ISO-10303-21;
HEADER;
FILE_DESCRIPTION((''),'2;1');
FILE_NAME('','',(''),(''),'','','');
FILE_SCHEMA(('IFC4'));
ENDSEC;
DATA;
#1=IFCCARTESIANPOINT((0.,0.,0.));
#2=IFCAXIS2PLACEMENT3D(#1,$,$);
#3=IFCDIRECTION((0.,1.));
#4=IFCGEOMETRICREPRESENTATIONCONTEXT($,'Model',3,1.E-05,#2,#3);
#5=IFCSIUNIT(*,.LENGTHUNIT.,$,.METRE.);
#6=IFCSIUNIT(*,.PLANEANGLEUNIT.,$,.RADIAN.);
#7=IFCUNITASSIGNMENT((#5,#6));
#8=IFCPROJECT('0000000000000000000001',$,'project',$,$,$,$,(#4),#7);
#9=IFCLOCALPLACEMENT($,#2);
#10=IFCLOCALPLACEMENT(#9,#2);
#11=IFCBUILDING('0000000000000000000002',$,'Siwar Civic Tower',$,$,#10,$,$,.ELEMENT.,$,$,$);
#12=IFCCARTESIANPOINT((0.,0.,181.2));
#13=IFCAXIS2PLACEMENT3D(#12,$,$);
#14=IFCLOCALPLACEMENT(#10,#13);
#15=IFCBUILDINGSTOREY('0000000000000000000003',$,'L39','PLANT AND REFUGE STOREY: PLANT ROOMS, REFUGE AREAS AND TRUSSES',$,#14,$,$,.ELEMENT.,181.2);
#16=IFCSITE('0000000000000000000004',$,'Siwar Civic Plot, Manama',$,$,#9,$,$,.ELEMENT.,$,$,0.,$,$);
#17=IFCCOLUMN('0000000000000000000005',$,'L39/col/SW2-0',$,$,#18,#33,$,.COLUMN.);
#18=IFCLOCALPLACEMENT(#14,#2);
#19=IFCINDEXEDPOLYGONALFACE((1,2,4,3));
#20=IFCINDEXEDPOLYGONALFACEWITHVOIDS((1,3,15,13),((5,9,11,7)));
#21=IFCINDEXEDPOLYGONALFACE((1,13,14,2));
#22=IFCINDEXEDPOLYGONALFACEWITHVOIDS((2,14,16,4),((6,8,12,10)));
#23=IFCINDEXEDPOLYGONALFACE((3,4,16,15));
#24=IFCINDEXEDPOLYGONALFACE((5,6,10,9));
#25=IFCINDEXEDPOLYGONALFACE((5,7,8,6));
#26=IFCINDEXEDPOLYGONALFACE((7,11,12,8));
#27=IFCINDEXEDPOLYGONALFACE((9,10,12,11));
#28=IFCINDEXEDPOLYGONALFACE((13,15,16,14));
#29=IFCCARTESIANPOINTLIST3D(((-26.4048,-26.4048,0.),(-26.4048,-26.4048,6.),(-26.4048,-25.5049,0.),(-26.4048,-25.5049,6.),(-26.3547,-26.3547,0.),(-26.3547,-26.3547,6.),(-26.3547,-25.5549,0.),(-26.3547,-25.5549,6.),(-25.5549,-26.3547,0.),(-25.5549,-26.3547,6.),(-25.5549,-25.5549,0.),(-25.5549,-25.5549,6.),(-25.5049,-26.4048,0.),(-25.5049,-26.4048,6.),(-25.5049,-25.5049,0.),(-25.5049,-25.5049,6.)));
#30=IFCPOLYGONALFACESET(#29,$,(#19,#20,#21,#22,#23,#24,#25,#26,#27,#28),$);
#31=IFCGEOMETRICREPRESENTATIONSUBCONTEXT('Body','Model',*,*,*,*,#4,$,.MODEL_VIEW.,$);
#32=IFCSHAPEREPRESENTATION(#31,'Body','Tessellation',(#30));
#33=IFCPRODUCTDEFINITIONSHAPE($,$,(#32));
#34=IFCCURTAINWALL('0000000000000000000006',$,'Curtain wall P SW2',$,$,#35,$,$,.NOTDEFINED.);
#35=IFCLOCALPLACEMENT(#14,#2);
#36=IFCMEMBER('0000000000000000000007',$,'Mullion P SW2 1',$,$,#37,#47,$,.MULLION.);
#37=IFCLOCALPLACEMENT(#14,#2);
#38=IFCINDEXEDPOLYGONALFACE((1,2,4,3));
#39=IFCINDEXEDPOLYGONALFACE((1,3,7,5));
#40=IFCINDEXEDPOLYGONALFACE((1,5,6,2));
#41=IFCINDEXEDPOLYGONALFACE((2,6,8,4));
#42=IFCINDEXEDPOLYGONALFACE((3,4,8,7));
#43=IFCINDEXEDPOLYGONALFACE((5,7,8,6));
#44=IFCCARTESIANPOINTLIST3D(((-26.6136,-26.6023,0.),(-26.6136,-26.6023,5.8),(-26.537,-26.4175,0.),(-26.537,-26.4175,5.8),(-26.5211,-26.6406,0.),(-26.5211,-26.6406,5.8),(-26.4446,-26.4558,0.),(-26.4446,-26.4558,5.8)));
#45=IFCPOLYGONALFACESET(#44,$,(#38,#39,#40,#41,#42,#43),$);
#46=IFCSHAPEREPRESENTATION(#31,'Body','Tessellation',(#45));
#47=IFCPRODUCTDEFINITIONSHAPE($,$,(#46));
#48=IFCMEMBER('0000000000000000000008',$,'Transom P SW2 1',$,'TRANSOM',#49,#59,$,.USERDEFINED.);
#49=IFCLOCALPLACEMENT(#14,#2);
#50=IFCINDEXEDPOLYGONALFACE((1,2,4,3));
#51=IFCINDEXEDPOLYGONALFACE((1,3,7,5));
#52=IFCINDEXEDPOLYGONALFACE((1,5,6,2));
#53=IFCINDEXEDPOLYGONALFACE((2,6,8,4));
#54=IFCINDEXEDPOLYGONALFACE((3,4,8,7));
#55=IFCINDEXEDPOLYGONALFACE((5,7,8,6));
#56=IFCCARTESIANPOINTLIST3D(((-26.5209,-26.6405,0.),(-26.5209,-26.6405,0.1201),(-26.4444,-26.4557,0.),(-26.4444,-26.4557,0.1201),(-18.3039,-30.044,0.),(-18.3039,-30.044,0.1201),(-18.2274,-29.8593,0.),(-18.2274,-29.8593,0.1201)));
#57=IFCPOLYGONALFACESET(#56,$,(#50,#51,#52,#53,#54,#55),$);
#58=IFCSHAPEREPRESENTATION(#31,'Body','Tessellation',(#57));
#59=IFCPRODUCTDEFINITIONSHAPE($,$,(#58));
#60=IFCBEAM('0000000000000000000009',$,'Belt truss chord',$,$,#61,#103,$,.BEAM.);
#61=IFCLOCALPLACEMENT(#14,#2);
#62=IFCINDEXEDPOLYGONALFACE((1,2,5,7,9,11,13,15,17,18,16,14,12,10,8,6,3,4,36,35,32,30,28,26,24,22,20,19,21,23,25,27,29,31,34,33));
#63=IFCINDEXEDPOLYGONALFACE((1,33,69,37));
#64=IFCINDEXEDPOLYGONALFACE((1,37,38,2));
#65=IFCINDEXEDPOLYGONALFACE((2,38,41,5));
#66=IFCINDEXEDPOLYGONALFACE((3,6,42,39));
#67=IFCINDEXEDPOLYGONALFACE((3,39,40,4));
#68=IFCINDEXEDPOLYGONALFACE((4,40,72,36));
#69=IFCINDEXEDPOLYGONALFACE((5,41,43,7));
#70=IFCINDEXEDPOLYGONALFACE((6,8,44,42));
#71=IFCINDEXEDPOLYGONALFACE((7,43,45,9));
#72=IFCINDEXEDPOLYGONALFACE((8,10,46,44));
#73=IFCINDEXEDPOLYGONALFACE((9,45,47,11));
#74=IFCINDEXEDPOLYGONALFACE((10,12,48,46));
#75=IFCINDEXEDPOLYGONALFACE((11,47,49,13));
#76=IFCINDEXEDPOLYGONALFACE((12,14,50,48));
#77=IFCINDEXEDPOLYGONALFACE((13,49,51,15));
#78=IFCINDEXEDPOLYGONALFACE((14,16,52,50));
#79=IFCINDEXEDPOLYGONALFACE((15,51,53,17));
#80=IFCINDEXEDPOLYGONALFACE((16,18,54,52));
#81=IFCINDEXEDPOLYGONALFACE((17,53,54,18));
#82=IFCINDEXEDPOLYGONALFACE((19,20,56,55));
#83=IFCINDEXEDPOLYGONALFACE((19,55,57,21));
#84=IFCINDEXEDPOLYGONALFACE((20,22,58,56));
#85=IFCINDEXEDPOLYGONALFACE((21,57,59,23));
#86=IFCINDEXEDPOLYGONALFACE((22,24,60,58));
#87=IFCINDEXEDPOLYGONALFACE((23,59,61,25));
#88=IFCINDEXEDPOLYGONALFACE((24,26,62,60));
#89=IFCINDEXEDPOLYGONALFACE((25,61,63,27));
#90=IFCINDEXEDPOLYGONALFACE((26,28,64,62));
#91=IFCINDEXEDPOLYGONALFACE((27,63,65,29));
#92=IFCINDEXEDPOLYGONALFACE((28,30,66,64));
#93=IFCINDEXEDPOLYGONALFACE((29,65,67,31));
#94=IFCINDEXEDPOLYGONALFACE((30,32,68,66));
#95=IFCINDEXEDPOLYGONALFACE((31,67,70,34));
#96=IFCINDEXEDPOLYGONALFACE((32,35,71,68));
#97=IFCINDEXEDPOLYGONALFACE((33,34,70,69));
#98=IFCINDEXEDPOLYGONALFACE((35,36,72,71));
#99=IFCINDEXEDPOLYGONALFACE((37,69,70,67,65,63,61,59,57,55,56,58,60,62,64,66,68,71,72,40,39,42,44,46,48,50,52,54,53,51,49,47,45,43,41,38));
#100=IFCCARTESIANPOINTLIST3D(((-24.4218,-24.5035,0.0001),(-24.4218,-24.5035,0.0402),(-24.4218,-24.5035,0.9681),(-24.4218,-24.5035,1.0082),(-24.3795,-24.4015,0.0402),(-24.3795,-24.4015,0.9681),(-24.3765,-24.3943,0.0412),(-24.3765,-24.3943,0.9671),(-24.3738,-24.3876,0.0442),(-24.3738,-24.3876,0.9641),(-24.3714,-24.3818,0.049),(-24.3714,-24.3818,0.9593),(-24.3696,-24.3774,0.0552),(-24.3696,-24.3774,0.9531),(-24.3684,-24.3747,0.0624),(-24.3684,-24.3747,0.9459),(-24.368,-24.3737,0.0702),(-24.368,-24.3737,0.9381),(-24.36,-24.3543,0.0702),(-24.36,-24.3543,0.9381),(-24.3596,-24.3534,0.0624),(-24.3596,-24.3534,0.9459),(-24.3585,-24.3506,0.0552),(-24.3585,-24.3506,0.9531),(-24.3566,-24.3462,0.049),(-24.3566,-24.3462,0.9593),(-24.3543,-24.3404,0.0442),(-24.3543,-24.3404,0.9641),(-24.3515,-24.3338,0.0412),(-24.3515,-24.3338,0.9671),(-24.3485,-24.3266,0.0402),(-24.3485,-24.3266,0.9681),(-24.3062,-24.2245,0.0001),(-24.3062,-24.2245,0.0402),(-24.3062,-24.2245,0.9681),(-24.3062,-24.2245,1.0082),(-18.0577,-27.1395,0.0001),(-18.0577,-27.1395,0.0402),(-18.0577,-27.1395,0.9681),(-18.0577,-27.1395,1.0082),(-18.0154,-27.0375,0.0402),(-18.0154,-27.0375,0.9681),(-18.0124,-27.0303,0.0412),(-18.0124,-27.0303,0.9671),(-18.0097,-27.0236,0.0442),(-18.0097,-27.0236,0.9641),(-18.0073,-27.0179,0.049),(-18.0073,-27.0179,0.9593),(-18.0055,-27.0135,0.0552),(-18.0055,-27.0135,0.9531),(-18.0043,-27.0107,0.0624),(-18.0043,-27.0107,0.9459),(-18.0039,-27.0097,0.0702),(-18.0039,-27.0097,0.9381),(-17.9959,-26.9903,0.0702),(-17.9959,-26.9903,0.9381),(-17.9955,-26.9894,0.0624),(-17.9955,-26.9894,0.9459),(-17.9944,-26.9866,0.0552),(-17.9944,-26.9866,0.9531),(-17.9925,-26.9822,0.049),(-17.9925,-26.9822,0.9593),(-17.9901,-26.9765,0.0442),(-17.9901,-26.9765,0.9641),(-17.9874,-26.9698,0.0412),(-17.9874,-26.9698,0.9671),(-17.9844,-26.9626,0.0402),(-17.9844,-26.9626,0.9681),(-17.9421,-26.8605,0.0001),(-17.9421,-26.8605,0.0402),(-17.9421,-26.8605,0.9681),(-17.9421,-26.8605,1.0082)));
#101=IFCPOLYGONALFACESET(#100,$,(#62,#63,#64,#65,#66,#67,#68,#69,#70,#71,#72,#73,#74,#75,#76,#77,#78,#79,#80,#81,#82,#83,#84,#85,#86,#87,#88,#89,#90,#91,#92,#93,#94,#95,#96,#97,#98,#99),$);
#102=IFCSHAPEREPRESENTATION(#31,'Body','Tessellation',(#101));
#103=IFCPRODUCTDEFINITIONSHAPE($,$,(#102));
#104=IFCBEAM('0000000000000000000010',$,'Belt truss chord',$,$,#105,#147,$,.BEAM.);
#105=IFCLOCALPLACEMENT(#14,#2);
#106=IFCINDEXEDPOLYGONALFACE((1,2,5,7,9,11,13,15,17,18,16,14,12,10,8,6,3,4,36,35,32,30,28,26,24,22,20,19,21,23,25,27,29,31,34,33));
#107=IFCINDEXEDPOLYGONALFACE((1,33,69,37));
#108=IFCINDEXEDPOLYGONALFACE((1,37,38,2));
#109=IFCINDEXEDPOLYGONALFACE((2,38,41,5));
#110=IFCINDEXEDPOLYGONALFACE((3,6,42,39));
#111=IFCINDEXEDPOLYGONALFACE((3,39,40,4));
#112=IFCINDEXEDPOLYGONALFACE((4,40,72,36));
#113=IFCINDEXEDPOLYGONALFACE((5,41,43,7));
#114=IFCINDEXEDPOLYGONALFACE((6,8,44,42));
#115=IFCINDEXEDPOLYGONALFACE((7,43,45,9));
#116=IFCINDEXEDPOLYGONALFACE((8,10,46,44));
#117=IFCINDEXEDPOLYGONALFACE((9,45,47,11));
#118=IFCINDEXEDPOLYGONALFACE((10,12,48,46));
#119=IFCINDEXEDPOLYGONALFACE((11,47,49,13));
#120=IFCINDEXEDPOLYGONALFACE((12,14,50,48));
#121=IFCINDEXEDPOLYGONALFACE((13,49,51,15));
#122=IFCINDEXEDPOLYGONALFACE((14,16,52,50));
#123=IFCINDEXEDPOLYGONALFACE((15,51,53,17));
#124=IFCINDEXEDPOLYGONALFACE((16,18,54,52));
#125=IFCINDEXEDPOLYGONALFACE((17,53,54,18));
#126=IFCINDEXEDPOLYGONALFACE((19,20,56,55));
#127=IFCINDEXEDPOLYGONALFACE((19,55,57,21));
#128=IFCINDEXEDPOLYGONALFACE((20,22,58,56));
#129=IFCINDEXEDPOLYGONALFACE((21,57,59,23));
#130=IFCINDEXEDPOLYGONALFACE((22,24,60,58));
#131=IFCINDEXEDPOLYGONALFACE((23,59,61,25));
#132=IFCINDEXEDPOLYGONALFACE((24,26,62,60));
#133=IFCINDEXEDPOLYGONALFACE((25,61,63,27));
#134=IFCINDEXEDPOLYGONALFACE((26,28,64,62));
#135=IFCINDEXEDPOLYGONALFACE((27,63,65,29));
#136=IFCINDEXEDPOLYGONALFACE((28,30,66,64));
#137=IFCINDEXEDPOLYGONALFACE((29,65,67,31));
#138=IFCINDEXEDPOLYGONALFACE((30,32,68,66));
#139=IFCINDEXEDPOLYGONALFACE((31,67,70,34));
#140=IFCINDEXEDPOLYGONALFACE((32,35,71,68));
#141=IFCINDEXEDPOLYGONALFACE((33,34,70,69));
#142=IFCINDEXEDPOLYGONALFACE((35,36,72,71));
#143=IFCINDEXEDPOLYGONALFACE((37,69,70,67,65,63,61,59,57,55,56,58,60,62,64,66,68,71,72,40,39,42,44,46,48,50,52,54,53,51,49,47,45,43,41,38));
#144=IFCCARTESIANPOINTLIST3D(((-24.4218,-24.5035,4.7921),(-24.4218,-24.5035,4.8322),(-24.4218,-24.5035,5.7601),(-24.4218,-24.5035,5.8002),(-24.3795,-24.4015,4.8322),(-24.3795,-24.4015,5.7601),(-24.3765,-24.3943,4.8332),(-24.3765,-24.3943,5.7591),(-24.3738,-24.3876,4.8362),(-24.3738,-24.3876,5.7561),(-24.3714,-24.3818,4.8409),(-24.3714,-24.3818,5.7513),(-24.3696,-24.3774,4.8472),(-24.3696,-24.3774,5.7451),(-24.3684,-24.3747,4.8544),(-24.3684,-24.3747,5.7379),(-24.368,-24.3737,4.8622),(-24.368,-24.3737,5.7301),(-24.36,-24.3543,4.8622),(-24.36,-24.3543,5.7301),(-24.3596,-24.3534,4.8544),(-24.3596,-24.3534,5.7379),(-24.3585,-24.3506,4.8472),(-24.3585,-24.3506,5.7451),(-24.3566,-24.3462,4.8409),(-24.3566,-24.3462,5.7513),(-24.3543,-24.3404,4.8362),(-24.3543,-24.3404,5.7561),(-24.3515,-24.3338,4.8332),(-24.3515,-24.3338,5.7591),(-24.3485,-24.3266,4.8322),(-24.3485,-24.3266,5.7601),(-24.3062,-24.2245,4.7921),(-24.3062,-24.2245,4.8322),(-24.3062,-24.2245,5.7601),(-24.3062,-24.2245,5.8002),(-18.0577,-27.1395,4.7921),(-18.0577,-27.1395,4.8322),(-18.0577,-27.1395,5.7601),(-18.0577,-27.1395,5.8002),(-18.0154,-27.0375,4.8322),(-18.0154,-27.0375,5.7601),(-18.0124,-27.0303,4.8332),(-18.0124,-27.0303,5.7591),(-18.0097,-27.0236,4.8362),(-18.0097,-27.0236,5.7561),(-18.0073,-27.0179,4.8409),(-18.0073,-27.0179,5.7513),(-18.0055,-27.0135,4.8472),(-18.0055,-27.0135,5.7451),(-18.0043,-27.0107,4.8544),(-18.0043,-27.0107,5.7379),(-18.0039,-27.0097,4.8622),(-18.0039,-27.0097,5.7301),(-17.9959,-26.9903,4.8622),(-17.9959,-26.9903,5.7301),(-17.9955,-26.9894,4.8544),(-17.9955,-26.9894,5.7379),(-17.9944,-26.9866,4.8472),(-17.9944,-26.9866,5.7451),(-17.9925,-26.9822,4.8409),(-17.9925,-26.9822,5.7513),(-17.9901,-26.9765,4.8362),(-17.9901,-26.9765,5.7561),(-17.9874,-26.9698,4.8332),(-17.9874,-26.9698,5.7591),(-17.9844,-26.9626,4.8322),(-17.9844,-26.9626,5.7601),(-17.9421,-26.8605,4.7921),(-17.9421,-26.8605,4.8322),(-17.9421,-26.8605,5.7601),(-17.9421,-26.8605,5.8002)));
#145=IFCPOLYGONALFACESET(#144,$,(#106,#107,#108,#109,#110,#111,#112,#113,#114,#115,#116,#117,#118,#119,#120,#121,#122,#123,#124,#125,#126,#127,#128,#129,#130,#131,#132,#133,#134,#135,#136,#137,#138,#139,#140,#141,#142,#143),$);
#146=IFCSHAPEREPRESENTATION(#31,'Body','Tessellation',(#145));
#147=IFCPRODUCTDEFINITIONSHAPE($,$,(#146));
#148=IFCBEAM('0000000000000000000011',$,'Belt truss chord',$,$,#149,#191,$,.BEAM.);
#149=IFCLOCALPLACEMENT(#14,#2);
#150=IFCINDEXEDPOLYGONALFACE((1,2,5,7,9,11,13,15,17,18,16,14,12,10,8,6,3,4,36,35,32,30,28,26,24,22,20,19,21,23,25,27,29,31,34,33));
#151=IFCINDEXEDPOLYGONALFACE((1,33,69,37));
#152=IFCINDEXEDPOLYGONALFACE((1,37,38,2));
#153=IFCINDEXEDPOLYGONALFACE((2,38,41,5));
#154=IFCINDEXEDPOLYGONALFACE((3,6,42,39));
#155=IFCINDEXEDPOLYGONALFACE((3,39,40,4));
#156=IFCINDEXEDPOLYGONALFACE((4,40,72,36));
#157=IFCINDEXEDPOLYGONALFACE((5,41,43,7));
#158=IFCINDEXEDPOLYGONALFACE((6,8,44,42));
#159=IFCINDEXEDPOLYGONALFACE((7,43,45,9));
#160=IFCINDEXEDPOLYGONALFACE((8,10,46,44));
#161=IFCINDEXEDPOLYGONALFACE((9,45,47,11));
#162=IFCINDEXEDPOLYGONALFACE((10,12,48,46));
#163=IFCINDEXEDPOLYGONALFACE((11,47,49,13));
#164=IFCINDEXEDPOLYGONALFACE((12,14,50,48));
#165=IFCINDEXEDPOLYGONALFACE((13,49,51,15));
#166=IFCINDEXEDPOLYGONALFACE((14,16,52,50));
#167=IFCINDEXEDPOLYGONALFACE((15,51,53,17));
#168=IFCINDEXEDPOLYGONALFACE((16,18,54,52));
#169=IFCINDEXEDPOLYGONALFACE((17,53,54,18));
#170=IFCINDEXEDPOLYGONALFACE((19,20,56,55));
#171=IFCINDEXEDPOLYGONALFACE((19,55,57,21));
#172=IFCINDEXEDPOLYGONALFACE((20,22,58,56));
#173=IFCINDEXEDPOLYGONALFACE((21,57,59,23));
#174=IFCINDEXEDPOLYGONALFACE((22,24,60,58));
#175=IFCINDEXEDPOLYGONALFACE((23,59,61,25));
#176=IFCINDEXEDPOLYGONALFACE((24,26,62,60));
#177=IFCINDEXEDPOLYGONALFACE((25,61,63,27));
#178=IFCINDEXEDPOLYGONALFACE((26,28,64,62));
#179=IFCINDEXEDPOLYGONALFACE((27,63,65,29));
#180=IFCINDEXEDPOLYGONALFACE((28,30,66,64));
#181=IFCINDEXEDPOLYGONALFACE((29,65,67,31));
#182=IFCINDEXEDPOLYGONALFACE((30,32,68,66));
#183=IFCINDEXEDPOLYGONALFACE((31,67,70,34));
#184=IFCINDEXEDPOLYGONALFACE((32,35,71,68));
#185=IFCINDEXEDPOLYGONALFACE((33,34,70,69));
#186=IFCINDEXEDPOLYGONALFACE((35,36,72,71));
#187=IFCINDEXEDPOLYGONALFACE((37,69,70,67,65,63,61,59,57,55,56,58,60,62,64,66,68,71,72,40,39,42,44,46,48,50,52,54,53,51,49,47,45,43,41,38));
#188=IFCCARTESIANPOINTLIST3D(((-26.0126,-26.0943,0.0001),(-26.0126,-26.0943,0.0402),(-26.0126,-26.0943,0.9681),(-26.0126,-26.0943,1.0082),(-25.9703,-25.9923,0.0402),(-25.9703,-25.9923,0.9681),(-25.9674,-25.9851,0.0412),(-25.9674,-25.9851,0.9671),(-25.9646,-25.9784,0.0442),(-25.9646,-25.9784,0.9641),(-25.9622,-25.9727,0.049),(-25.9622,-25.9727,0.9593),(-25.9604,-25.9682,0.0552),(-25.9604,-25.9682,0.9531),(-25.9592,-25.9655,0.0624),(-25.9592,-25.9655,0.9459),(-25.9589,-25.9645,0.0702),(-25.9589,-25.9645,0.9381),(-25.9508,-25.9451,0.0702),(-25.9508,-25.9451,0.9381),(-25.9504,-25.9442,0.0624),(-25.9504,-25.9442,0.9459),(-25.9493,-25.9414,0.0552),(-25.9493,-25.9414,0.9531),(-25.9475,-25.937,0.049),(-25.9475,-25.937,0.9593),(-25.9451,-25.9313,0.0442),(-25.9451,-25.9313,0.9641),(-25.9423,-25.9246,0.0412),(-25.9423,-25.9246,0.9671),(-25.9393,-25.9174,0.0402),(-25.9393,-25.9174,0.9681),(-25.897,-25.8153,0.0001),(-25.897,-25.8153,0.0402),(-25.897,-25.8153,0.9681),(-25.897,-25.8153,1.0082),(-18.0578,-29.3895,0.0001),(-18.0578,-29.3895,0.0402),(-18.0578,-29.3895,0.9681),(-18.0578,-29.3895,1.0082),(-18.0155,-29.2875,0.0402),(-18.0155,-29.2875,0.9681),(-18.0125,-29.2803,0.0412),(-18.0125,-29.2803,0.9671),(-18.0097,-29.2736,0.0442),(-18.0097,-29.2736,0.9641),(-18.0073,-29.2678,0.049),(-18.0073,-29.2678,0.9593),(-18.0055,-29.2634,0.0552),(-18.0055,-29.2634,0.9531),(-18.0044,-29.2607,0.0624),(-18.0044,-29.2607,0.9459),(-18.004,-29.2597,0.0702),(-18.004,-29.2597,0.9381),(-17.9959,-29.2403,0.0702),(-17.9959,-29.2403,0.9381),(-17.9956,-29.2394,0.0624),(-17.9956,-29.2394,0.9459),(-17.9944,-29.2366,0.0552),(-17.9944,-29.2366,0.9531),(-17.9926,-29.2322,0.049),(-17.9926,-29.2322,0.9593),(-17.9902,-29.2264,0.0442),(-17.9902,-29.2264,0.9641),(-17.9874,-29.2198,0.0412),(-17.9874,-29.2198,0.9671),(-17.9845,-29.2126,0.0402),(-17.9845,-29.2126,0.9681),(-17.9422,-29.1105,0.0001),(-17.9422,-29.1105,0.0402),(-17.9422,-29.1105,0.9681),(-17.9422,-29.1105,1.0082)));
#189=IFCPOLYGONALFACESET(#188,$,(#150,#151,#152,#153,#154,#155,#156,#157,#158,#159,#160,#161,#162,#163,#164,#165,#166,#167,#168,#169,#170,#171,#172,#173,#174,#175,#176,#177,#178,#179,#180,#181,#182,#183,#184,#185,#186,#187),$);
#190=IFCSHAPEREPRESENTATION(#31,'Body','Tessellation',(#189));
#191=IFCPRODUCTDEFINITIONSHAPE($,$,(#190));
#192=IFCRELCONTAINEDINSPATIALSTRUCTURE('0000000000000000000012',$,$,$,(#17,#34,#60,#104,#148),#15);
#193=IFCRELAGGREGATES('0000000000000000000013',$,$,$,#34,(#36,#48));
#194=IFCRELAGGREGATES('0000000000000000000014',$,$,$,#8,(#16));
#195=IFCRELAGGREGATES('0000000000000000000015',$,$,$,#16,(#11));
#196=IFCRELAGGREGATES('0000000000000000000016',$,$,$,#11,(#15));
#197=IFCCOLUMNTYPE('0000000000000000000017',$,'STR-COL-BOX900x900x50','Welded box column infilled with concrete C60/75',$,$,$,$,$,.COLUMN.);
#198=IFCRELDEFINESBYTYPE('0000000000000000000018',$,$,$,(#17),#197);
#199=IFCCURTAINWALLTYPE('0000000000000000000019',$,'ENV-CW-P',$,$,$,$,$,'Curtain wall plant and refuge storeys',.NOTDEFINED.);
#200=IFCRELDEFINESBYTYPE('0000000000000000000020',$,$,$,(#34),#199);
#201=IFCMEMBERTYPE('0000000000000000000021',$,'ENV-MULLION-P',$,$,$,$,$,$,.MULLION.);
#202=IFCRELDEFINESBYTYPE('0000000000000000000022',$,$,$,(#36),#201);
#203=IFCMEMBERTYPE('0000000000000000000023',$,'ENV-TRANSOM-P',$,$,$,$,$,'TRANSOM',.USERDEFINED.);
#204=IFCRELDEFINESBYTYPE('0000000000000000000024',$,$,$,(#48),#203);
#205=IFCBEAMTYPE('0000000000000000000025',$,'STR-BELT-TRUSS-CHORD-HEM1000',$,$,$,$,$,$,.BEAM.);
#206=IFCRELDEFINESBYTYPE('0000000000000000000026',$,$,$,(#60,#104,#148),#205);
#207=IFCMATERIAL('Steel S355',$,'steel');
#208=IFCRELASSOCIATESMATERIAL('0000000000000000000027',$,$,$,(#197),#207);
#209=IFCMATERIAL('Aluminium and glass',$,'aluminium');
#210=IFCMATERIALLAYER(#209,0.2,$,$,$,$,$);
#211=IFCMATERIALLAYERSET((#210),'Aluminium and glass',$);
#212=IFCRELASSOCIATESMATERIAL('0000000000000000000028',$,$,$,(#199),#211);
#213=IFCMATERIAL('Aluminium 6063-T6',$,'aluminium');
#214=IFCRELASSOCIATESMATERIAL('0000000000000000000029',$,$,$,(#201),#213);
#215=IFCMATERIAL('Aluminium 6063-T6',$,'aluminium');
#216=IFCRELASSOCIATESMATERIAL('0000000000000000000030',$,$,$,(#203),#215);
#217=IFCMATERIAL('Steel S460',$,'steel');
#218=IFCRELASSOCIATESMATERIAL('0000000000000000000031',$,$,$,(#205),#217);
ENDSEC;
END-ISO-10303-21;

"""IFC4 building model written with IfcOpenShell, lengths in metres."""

from ifc_helpers import new_model, si_unit, direction, frame, origin, origin_2d, place, context, subcontext, project, spatial, rectangle, hollow_rectangle, i_section, extrude, material, layer, layer_set, material_profile, profile_set, type_object, element, aggregate, save


model = new_model("IFC4")

# Units and contexts
model_context = context("Model", 3, precision=1e-05, world=origin(), true_north=direction((0.0, 1.0)))
body_context = subcontext(model_context, "Body", "Model", "MODEL_VIEW")
ifc_project = project(units=[si_unit("LENGTHUNIT", "METRE"), si_unit("PLANEANGLEUNIT", "RADIAN")], contexts=[model_context])

# Site, building, storey
site_placement = place(None, origin())
site = spatial("IfcSite", under=ifc_project, at=site_placement, Name="Siwar Civic Plot, Manama", CompositionType="ELEMENT", RefElevation=0.0)
building_placement = place(site_placement, origin())
building = spatial("IfcBuilding", under=site, at=building_placement, Name="Siwar Civic Tower", CompositionType="ELEMENT")
storey_placement = place(building_placement, frame((0.0, 0.0, 181.2)))
storey = spatial("IfcBuildingStorey", under=building, at=storey_placement, Name="L39", Description="PLANT AND REFUGE STOREY: PLANT ROOMS, REFUGE AREAS AND TRUSSES", CompositionType="ELEMENT", Elevation=181.2)

# Column
ifc_material_1 = material(Name="Steel S355", Category="steel")
ifc_material_profile_1 = material_profile(ifc_material_1, hollow_rectangle(XDim=0.8999, YDim=0.8999, WallThickness=0.05, at=origin_2d()), Name="BOX900x900x50")
ifc_profile_set_1 = profile_set([ifc_material_profile_1], Name="Steel S355")
column_type = type_object("IfcColumnType", Name="STR-COL-BOX900x900x50", Description="Welded box column infilled with concrete C60/75", PredefinedType="COLUMN", material=ifc_profile_set_1)
column_placement = place(storey_placement, frame((-25.9548, -25.9548, 0.0), z_axis=(0.0, 0.0, 1.0), x_axis=(1.0, 0.0, 0.0)))
element("IfcColumn", 1, at=column_placement, inside=storey, type_object=column_type, Name="L39/col/SW2-0", PredefinedType="COLUMN", context=body_context, shape_type="SweptSolid", body=[
    extrude(hollow_rectangle(XDim=0.8999, YDim=0.8999, WallThickness=0.05, at=origin_2d()), origin(), (0.0, 0.0, 1.0), 6.0),
])

# Curtain wall, members
ifc_material_2 = material(Name="Aluminium and glass", Category="aluminium")
ifc_layer_1 = layer(ifc_material_2, 0.2)
ifc_layer_set_1 = layer_set([ifc_layer_1], Name="Aluminium and glass")
curtain_wall_type = type_object("IfcCurtainWallType", Name="ENV-CW-P", ElementType="Curtain wall plant and refuge storeys", PredefinedType="NOTDEFINED", material=ifc_layer_set_1)
curtain_wall_1_placement = place(storey_placement, origin())
curtain_wall_1 = element("IfcCurtainWall", 2, at=curtain_wall_1_placement, inside=storey, type_object=curtain_wall_type, Name="Curtain wall P SW2", PredefinedType="NOTDEFINED")
ifc_material_3 = material(Name="Aluminium 6063-T6", Category="aluminium")
ifc_material_profile_2 = material_profile(ifc_material_3, rectangle(XDim=0.2, YDim=0.1001, at=origin_2d()), Name="AL 200x100")
ifc_profile_set_2 = profile_set([ifc_material_profile_2], Name="Aluminium 6063-T6")
member_type_1 = type_object("IfcMemberType", Name="ENV-MULLION-P", PredefinedType="MULLION", material=ifc_profile_set_2)
member_1_placement = place(storey_placement, frame((-26.5291, -26.5291, 0.0), z_axis=(0.0, 0.0, 1.0), x_axis=(0.382683, 0.92388, 0.0)))
member_1 = element("IfcMember", 3, at=member_1_placement, type_object=member_type_1, Name="Mullion P SW2 1", PredefinedType="MULLION", context=body_context, shape_type="SweptSolid", body=[
    extrude(rectangle(XDim=0.2, YDim=0.1001, at=origin_2d()), origin(), (0.0, 0.0, 1.0), 5.8),
])
ifc_material_4 = material(Name="Aluminium 6063-T6", Category="aluminium")
ifc_material_profile_3 = material_profile(ifc_material_4, rectangle(XDim=0.2, YDim=0.1201, at=origin_2d()), Name="AL 200x120")
ifc_profile_set_3 = profile_set([ifc_material_profile_3], Name="Aluminium 6063-T6")
member_type_2 = type_object("IfcMemberType", Name="ENV-TRANSOM-P", ElementType="TRANSOM", PredefinedType="USERDEFINED", material=ifc_profile_set_3)
member_2_placement = place(storey_placement, frame((-26.4827, -26.5481, 0.0601), z_axis=(0.923881, -0.382679, 0.0), x_axis=(0.382679, 0.923881, 0.0)))
member_2 = element("IfcMember", 4, at=member_2_placement, type_object=member_type_2, Name="Transom P SW2 1", ObjectType="TRANSOM", PredefinedType="USERDEFINED", context=body_context, shape_type="SweptSolid", body=[
    extrude(rectangle(XDim=0.2, YDim=0.1201, at=origin_2d()), origin(), (0.0, 0.0, 1.0), 8.894),
])

# Beams
ifc_material_5 = material(Name="Steel S460", Category="steel")
ifc_material_profile_4 = material_profile(ifc_material_5, i_section(OverallWidth=0.302, OverallDepth=1.0081, WebThickness=0.021, FlangeThickness=0.04, FilletRadius=0.03, at=origin_2d()), Name="HEM1000")
ifc_profile_set_4 = profile_set([ifc_material_profile_4], Name="Steel S460")
beam_type_1 = type_object("IfcBeamType", Name="STR-BELT-TRUSS-CHORD-HEM1000", PredefinedType="BEAM", material=ifc_profile_set_4)
for number, where, z_axis, x_axis, name in (
    (5, (-24.364, -24.364, 0.5042), (0.923883, -0.382674, 0.0), (0.382674, 0.923883, 0.0), "Belt truss chord"),
    (6, (-24.364, -24.364, 5.2961), (0.923883, -0.382674, 0.0), (0.382674, 0.923883, 0.0), "Belt truss chord"),
):
    element("IfcBeam", number, at=place(storey_placement, frame(where, z_axis=z_axis, x_axis=x_axis)), inside=storey, type_object=beam_type_1, Name=name, PredefinedType="BEAM", context=body_context, shape_type="SweptSolid", body=[
        extrude(i_section(OverallWidth=0.302, OverallDepth=1.0081, WebThickness=0.021, FlangeThickness=0.04, FilletRadius=0.03, at=origin_2d()), origin(), (0.0, 0.0, 1.0), 6.8884),
    ])
for number, where, z_axis, x_axis, name in (
    (7, (-25.9548, -25.9548, 0.5042), (0.923873, -0.3827, 0.0), (0.3827, 0.923873, 0.0), "Belt truss chord"),
):
    element("IfcBeam", number, at=place(storey_placement, frame(where, z_axis=z_axis, x_axis=x_axis)), inside=storey, type_object=beam_type_1, Name=name, PredefinedType="BEAM", context=body_context, shape_type="SweptSolid", body=[
        extrude(i_section(OverallWidth=0.302, OverallDepth=1.0081, WebThickness=0.021, FlangeThickness=0.04, FilletRadius=0.03, at=origin_2d()), origin(), (0.0, 0.0, 1.0), 8.6104),
    ])

aggregate(curtain_wall_1, [member_1, member_2])

save(model, "model.ifc")
